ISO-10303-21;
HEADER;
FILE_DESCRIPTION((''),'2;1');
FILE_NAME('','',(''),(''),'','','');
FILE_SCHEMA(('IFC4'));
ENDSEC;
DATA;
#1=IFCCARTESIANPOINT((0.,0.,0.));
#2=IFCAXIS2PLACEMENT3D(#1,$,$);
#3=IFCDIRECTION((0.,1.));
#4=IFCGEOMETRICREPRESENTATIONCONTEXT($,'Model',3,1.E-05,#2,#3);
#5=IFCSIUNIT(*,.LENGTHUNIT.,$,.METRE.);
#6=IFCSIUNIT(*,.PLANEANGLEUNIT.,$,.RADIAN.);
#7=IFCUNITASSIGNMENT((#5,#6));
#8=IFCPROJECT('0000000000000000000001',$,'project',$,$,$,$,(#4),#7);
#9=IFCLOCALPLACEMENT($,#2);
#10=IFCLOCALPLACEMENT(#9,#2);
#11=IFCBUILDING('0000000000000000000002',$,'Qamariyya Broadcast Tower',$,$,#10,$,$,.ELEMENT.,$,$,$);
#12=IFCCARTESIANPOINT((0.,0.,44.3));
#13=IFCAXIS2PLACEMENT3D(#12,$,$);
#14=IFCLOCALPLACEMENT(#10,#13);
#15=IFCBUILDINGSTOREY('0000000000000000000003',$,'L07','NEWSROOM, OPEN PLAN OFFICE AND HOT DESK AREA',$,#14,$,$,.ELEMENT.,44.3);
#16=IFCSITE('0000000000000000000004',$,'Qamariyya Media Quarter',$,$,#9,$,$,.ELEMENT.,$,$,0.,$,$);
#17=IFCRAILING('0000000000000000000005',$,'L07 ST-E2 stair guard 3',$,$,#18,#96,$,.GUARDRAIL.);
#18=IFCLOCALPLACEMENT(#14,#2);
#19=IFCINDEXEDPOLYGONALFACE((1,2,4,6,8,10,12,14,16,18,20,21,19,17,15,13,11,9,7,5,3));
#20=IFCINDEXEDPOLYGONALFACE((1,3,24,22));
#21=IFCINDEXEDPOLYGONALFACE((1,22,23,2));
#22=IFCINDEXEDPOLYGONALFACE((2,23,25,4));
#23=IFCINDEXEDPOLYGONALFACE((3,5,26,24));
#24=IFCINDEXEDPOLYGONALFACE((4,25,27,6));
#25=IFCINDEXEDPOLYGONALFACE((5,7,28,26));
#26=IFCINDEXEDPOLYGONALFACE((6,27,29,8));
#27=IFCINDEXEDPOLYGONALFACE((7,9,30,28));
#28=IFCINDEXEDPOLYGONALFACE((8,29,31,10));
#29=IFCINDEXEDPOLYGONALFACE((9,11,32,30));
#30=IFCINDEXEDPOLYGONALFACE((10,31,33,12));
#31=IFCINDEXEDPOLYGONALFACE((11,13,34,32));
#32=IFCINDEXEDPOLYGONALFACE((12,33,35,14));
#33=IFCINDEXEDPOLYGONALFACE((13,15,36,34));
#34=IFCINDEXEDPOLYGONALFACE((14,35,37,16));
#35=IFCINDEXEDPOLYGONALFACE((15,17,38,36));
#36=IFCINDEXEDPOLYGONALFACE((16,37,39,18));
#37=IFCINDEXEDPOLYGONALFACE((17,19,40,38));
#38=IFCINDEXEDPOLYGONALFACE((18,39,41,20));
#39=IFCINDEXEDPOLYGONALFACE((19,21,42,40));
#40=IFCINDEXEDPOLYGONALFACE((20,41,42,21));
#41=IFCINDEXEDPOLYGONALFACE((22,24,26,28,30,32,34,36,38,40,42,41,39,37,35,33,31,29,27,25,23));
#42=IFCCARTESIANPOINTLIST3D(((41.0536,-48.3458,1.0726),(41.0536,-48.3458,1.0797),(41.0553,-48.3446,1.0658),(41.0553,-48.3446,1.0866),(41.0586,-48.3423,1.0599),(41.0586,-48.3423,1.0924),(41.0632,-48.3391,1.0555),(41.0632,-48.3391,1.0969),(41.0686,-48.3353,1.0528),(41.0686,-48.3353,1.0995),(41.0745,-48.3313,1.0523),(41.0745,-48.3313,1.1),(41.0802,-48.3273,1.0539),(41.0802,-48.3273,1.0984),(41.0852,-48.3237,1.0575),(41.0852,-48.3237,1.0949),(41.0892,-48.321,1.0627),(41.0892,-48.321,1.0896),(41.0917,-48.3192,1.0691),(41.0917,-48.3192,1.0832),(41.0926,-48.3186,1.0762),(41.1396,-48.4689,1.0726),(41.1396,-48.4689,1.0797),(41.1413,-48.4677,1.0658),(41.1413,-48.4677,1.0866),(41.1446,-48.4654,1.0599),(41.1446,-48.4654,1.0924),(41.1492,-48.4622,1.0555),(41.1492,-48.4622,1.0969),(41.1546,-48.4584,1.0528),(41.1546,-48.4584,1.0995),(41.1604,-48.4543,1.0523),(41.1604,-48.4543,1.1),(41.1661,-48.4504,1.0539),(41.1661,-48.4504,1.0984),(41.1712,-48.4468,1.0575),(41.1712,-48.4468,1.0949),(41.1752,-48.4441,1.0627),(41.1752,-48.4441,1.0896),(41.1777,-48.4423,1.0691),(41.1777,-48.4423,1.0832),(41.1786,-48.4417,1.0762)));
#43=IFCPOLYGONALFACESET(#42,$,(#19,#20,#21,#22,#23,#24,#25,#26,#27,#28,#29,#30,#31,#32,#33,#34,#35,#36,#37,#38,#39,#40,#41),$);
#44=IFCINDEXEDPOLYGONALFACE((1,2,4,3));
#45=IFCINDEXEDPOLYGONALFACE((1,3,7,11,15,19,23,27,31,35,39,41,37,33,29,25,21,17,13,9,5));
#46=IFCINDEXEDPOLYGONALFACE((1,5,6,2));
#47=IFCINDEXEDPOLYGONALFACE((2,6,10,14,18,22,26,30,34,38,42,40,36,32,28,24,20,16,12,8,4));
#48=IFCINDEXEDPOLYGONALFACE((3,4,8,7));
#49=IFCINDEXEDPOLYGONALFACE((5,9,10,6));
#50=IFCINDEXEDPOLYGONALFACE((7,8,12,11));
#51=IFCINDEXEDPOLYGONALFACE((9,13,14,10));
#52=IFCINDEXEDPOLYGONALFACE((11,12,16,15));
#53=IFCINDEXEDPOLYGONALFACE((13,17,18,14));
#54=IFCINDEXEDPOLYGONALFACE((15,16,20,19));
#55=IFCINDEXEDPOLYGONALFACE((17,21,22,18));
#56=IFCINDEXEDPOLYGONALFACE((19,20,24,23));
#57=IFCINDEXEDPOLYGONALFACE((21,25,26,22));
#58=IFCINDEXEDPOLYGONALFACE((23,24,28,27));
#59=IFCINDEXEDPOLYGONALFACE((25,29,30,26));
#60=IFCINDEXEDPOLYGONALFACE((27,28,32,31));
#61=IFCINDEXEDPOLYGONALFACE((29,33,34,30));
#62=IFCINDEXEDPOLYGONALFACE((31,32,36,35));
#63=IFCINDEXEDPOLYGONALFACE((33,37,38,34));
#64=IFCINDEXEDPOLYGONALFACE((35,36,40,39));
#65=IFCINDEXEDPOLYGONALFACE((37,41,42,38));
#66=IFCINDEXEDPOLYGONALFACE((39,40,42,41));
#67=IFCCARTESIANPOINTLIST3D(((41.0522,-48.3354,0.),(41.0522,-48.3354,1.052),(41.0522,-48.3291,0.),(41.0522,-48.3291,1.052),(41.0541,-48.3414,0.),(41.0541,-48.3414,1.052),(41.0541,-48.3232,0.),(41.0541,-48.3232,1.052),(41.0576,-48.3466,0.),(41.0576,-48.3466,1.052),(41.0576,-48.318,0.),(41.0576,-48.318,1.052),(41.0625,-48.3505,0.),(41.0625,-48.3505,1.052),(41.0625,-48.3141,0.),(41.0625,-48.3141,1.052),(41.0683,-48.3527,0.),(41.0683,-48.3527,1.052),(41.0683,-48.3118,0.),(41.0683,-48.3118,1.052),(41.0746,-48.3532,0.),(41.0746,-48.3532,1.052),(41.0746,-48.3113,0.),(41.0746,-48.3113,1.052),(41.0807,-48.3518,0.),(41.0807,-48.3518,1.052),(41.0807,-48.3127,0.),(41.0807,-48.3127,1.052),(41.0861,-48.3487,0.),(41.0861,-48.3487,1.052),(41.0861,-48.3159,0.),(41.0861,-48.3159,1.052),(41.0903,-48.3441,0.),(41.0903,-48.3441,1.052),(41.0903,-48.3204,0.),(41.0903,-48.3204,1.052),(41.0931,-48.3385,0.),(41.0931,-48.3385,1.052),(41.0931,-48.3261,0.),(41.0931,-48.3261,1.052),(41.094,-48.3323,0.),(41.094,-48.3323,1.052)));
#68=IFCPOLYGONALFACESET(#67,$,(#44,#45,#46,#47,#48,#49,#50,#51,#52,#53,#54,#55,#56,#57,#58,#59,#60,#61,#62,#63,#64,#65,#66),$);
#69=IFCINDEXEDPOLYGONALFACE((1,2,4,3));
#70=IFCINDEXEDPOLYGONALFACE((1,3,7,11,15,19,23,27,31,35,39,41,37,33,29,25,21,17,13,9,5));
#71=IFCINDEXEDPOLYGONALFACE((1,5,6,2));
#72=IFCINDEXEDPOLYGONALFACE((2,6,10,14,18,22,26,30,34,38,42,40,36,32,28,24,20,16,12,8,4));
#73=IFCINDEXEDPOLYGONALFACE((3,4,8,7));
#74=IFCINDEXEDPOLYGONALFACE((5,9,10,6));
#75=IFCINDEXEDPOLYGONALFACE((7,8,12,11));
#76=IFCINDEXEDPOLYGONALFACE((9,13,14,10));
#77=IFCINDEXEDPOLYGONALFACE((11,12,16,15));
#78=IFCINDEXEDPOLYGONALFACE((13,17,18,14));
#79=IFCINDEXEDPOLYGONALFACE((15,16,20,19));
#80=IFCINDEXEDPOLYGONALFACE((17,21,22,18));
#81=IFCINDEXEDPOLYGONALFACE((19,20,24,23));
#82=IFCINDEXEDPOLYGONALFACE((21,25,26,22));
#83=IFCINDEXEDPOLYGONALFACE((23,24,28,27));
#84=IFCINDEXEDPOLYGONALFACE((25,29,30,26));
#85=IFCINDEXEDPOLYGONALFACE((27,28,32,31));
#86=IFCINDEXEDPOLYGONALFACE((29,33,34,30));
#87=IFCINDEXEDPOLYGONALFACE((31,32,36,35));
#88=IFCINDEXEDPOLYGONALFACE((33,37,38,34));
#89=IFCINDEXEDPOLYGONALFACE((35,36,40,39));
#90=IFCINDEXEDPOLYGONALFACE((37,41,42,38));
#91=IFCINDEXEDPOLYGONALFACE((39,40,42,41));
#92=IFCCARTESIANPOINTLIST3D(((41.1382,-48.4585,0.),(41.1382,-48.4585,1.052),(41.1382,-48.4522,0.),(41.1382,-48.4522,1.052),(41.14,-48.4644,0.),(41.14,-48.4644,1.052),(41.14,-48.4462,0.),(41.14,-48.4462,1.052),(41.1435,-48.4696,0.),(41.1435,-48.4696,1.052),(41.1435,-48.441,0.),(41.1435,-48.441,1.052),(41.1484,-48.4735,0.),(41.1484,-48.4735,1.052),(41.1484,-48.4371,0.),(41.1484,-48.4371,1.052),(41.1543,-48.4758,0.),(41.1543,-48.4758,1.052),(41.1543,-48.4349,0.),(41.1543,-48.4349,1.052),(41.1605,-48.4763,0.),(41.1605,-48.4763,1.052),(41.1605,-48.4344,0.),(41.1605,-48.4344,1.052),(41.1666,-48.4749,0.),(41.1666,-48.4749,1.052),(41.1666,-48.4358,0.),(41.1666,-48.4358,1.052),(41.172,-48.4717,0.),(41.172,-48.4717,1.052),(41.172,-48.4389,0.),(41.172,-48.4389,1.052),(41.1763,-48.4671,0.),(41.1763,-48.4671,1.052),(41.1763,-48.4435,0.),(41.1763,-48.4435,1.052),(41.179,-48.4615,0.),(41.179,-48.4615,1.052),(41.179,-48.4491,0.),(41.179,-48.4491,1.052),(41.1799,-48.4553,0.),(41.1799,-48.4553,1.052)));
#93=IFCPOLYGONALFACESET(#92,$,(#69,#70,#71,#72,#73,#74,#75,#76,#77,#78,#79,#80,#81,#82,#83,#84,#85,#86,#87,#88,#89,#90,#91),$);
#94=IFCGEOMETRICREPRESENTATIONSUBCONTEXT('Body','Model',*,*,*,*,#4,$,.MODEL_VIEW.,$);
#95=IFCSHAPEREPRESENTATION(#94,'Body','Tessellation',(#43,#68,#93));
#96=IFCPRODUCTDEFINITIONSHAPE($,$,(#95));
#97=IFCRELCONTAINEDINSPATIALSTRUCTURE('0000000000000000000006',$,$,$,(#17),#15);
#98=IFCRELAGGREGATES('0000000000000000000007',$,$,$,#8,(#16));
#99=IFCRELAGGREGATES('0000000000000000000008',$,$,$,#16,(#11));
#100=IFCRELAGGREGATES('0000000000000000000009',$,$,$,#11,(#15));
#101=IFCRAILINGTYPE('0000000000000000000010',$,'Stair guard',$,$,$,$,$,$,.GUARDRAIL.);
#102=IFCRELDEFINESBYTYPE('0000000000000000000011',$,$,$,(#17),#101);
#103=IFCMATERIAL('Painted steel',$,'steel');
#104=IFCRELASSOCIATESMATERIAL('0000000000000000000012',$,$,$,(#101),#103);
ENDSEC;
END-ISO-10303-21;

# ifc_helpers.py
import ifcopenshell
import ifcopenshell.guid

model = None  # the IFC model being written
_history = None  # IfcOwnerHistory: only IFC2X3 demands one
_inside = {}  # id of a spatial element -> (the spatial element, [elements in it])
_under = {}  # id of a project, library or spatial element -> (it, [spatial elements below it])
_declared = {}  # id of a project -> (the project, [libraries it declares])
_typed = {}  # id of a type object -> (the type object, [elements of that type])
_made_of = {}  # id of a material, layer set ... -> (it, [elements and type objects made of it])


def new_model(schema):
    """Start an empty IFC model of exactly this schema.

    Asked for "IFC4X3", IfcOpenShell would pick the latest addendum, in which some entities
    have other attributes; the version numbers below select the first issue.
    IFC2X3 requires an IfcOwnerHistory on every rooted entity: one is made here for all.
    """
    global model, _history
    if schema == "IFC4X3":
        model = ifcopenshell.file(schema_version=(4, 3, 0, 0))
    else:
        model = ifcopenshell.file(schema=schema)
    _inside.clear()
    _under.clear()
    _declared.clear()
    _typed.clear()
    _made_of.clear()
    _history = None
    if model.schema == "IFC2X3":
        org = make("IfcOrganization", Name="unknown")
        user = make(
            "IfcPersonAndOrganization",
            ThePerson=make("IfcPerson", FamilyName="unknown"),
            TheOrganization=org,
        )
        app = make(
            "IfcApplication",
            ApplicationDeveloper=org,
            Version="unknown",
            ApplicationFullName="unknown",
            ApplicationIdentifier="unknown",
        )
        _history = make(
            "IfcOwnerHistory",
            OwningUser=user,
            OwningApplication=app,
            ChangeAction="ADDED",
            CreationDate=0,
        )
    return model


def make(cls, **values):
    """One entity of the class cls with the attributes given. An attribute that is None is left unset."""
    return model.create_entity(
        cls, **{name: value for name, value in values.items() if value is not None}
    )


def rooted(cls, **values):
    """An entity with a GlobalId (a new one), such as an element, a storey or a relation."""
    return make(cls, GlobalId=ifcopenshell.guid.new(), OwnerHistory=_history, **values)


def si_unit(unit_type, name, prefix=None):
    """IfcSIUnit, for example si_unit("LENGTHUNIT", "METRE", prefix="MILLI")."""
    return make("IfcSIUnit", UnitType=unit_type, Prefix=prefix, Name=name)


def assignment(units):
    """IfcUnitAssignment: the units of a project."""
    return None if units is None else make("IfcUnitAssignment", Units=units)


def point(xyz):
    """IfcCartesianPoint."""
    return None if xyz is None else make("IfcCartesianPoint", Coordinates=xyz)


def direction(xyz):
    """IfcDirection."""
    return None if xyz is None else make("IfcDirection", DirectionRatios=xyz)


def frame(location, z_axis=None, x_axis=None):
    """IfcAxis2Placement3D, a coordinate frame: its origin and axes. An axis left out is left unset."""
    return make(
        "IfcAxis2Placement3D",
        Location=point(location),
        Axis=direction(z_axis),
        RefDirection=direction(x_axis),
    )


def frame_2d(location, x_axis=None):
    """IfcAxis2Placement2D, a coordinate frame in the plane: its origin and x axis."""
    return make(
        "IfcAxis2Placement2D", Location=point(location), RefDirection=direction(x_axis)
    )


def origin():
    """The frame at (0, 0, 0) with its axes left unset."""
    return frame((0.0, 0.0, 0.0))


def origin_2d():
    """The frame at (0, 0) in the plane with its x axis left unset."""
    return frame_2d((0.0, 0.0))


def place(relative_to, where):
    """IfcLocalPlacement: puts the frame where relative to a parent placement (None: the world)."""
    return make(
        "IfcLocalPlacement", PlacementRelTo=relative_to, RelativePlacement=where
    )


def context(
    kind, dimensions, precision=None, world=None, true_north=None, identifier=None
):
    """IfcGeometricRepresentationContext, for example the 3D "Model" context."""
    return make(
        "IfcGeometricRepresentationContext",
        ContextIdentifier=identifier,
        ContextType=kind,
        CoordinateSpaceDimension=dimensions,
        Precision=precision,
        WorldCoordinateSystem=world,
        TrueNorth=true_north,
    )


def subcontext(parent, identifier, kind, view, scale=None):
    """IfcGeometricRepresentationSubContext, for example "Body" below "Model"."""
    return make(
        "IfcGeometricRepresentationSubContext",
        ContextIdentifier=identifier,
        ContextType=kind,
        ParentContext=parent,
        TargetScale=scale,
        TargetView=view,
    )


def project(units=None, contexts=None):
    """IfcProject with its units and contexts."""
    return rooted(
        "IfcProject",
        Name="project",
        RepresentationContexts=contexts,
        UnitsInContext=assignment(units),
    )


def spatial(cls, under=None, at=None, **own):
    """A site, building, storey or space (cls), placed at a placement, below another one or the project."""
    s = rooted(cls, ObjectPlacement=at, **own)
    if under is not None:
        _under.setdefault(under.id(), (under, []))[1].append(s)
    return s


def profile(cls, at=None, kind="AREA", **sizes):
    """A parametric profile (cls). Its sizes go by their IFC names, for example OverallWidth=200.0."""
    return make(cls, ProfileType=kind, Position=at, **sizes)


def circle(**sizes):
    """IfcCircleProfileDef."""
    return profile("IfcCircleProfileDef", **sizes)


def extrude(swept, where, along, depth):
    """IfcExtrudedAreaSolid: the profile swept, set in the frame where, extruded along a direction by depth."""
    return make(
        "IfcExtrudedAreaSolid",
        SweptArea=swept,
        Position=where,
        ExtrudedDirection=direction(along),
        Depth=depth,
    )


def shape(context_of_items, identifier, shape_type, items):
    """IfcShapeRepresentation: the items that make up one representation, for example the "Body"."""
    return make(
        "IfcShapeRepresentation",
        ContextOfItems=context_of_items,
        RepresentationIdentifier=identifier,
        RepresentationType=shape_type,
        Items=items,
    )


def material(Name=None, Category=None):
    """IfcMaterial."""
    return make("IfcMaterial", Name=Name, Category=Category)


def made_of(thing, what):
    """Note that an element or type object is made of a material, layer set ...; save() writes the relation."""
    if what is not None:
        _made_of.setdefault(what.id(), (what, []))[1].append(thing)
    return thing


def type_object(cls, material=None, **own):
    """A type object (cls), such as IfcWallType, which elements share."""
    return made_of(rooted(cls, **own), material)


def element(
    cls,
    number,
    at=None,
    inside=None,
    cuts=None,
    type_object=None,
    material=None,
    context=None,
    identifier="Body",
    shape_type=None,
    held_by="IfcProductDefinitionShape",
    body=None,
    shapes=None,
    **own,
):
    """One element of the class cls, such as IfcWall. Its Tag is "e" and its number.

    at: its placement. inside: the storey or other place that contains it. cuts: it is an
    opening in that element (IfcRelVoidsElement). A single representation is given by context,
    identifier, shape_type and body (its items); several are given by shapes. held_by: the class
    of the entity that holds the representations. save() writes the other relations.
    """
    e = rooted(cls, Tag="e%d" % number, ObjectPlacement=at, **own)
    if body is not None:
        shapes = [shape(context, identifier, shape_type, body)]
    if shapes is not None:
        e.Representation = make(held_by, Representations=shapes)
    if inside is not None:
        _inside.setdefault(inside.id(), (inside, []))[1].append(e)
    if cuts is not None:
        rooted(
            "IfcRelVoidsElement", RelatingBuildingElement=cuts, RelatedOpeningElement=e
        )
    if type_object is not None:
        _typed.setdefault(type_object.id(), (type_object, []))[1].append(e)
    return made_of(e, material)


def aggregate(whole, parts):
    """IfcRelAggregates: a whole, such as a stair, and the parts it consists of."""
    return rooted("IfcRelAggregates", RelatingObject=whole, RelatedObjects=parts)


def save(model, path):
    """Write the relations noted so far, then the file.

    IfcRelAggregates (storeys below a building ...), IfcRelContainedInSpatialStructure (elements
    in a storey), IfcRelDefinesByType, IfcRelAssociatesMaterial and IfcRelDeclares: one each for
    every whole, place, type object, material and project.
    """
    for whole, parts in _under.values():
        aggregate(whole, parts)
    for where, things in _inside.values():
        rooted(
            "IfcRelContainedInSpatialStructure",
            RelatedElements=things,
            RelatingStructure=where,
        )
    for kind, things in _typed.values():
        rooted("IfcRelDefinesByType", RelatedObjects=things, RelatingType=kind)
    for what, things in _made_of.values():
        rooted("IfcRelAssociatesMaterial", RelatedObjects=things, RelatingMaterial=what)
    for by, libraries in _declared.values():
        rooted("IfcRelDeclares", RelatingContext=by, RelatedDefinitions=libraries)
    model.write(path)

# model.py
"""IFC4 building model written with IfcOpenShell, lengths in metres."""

from ifc_helpers import new_model, si_unit, direction, frame, origin, origin_2d, place, context, subcontext, project, spatial, circle, extrude, material, type_object, element, save


model = new_model("IFC4")

# Units and contexts
model_context = context("Model", 3, precision=1e-05, world=origin(), true_north=direction((0.0, 1.0)))
body_context = subcontext(model_context, "Body", "Model", "MODEL_VIEW")
ifc_project = project(units=[si_unit("LENGTHUNIT", "METRE"), si_unit("PLANEANGLEUNIT", "RADIAN")], contexts=[model_context])

# Site, building, storey
site_placement = place(None, origin())
site = spatial("IfcSite", under=ifc_project, at=site_placement, Name="Qamariyya Media Quarter", CompositionType="ELEMENT", RefElevation=0.0)
building_placement = place(site_placement, origin())
building = spatial("IfcBuilding", under=site, at=building_placement, Name="Qamariyya Broadcast Tower", CompositionType="ELEMENT")
storey_placement = place(building_placement, frame((0.0, 0.0, 44.3)))
storey = spatial("IfcBuildingStorey", under=building, at=storey_placement, Name="L07", Description="NEWSROOM, OPEN PLAN OFFICE AND HOT DESK AREA", CompositionType="ELEMENT", Elevation=44.3)

# Railing
ifc_material_1 = material(Name="Painted steel", Category="steel")
railing_type_1 = type_object("IfcRailingType", Name="Stair guard", PredefinedType="GUARDRAIL", material=ifc_material_1)
railing_1_placement = place(storey_placement, frame((41.073, -48.3323, 0.0)))
element("IfcRailing", 1, at=railing_1_placement, inside=storey, type_object=railing_type_1, Name="L07 ST-E2 stair guard 3", PredefinedType="GUARDRAIL", context=body_context, shape_type="SweptSolid", body=[
    extrude(circle(Radius=0.0239, at=origin_2d()), frame((0.0, 0.0, 1.0762), z_axis=(0.572589, -0.819843, 0.0), x_axis=(0.819843, 0.572589, 0.0)), (0.0, 0.0, 1.0), 0.1501),
    extrude(circle(Radius=0.021, at=origin_2d()), origin(), (0.0, 0.0, 1.0), 1.052),
    extrude(circle(Radius=0.021, at=origin_2d()), frame((0.0859, -0.123, 0.0)), (0.0, 0.0, 1.0), 1.052),
])

save(model, "model.ifc")
